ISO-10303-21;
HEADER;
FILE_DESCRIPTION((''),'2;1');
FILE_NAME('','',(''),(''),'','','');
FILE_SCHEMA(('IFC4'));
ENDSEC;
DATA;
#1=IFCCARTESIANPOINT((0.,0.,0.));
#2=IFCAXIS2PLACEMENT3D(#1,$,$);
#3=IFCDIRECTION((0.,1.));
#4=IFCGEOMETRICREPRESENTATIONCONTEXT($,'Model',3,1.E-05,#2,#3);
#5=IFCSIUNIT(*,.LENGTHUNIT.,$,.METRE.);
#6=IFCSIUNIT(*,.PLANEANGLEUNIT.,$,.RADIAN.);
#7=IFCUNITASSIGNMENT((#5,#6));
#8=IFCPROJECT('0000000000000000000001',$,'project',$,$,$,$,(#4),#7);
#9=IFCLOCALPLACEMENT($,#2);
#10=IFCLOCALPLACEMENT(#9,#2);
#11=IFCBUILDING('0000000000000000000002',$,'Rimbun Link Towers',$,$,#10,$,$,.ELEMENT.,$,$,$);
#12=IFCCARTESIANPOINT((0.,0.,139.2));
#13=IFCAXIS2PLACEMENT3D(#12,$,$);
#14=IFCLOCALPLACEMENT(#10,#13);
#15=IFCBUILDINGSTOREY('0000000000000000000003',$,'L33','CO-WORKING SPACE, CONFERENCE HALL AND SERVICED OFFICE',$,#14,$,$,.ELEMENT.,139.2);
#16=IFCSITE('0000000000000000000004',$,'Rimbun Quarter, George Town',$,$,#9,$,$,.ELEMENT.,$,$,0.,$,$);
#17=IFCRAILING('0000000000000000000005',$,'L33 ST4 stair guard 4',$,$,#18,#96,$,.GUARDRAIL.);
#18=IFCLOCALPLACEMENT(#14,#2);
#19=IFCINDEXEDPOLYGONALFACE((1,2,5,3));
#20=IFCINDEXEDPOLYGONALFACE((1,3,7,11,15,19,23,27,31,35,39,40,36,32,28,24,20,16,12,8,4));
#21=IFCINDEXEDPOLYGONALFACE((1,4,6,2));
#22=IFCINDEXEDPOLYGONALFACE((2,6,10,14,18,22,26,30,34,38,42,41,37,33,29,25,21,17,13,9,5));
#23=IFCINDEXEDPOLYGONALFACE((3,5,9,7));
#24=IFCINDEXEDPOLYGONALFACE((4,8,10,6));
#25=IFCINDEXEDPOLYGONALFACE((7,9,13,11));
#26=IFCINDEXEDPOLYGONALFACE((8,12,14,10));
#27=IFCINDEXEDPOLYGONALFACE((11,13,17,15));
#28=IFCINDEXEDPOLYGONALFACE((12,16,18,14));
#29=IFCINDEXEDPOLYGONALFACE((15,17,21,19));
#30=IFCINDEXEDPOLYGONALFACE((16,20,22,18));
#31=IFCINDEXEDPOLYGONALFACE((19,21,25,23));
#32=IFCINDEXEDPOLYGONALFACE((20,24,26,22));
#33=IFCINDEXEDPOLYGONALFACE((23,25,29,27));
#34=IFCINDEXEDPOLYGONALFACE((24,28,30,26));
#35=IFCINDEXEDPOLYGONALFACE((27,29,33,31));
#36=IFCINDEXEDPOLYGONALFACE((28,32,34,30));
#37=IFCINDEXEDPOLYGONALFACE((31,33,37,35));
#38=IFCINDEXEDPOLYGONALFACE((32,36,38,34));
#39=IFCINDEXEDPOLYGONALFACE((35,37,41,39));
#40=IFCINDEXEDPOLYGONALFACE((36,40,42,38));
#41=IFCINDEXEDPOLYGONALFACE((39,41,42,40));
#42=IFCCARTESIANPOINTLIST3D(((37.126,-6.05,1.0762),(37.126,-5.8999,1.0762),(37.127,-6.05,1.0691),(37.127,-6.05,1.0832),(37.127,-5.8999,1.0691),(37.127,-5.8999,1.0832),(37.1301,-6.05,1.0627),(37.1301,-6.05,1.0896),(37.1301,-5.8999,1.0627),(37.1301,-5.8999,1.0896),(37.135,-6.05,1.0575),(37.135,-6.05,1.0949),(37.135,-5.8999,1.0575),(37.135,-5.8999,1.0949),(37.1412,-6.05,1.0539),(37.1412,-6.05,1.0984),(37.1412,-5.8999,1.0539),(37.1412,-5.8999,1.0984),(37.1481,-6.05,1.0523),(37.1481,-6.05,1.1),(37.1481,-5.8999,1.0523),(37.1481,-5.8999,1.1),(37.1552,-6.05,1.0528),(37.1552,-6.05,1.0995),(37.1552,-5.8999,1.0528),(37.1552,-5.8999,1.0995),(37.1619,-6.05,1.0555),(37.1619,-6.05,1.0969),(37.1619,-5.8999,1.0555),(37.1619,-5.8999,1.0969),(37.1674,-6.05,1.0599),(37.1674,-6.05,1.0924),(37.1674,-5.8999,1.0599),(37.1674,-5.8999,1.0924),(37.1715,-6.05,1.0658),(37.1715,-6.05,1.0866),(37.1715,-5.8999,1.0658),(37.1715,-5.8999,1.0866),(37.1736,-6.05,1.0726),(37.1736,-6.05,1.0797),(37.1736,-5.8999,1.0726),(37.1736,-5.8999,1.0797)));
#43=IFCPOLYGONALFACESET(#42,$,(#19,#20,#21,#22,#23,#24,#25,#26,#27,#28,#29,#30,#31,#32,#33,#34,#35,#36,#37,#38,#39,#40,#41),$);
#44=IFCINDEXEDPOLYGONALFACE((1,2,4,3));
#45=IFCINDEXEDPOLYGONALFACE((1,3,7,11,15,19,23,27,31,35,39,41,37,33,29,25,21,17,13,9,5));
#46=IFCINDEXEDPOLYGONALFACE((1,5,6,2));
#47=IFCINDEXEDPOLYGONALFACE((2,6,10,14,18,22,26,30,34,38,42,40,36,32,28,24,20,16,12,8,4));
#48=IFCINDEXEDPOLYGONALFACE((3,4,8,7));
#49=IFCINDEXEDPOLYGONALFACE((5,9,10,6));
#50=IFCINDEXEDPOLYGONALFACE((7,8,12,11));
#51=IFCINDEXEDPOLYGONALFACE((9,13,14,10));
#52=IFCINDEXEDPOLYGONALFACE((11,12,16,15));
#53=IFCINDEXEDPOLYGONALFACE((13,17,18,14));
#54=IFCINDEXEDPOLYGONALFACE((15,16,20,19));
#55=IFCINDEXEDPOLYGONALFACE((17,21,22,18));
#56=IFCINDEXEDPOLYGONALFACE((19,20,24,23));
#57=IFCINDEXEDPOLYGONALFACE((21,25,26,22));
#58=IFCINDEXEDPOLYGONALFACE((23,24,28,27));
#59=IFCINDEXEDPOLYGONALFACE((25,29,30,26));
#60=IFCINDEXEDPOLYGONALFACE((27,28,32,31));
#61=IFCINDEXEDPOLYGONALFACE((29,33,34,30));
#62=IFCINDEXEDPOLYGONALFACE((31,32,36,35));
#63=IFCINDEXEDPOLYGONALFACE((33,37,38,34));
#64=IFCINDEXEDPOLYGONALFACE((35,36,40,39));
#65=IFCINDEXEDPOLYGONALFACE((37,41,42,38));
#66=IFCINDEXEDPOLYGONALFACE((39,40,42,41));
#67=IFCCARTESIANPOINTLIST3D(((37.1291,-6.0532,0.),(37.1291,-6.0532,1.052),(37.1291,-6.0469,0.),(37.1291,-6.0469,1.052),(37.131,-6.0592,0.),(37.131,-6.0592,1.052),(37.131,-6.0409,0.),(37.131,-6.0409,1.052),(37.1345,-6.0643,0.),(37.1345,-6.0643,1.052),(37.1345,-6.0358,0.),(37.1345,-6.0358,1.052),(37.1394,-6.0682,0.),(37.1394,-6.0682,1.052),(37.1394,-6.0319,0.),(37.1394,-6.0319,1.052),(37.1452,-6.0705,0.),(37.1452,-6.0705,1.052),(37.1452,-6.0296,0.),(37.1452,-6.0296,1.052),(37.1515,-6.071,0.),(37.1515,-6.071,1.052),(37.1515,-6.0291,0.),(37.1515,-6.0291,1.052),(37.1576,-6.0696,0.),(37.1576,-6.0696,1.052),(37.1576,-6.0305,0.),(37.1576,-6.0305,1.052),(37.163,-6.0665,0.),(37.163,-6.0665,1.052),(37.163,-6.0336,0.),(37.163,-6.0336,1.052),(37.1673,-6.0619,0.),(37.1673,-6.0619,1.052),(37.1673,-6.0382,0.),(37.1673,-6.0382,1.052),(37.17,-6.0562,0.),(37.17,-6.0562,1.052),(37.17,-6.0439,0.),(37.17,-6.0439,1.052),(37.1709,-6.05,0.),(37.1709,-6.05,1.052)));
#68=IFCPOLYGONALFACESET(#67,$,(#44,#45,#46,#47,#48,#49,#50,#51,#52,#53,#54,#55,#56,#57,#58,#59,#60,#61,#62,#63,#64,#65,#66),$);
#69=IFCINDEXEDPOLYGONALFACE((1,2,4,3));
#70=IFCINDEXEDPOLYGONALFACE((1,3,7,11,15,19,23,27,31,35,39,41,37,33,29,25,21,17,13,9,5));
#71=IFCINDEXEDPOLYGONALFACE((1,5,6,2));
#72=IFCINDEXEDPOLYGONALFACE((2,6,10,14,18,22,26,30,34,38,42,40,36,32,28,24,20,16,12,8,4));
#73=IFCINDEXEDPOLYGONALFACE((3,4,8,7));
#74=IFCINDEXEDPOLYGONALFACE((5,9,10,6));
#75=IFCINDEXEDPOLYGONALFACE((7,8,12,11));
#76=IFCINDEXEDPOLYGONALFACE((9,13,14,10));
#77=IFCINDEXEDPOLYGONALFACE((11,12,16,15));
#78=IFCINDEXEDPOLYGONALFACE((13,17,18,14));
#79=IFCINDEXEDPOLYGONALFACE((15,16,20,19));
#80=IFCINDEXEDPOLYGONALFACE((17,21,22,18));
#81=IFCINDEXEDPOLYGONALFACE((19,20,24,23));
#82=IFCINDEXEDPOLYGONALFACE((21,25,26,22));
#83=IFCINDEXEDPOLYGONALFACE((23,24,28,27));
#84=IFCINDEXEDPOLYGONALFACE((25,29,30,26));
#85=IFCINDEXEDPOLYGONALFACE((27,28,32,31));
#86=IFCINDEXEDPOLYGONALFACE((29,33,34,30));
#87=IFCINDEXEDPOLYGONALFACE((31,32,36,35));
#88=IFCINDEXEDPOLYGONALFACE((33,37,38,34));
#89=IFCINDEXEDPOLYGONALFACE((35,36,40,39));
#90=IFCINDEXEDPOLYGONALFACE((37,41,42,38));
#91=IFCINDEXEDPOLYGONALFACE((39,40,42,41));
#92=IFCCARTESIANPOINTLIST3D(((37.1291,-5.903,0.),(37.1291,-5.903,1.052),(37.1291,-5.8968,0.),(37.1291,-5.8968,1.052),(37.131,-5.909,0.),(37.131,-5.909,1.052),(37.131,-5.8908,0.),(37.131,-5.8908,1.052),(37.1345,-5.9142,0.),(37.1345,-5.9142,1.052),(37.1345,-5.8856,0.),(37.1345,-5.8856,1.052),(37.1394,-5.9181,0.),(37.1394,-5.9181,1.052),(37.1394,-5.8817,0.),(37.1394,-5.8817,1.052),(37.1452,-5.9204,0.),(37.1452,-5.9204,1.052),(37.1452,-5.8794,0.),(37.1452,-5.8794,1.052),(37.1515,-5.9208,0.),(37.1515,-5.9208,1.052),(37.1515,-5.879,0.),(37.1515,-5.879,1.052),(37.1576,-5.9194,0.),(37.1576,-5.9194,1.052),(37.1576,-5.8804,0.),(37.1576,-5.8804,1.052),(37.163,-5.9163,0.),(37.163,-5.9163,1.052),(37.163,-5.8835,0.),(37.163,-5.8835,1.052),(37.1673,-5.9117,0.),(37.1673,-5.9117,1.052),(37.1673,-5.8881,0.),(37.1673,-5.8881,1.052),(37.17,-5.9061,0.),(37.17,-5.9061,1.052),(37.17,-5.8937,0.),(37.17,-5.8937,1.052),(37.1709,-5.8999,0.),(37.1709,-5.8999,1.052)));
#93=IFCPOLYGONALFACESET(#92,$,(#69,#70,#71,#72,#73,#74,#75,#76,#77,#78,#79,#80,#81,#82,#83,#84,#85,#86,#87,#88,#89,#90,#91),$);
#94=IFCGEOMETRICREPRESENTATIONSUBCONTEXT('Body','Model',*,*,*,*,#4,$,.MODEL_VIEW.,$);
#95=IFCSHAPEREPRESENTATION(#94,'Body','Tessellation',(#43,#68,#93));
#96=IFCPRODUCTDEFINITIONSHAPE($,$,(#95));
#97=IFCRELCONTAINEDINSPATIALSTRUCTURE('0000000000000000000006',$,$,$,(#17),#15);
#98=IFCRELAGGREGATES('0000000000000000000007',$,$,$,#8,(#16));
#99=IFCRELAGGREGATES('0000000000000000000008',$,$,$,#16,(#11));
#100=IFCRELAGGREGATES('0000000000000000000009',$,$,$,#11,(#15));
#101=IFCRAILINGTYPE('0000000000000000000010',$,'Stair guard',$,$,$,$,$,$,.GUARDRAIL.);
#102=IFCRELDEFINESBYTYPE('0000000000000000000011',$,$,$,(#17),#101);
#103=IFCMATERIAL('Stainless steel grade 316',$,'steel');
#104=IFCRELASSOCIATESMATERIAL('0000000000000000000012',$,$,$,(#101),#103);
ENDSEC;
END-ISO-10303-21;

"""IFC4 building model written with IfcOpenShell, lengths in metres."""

from ifc_helpers import new_model, si_unit, direction, frame, origin, origin_2d, place, context, subcontext, project, spatial, circle, extrude, material, type_object, element, save


model = new_model("IFC4")

# Units and contexts
model_context = context("Model", 3, precision=1e-05, world=origin(), true_north=direction((0.0, 1.0)))
body_context = subcontext(model_context, "Body", "Model", "MODEL_VIEW")
ifc_project = project(units=[si_unit("LENGTHUNIT", "METRE"), si_unit("PLANEANGLEUNIT", "RADIAN")], contexts=[model_context])

# Site, building, storey
site_placement = place(None, origin())
site = spatial("IfcSite", under=ifc_project, at=site_placement, Name="Rimbun Quarter, George Town", CompositionType="ELEMENT", RefElevation=0.0)
building_placement = place(site_placement, origin())
building = spatial("IfcBuilding", under=site, at=building_placement, Name="Rimbun Link Towers", CompositionType="ELEMENT")
storey_placement = place(building_placement, frame((0.0, 0.0, 139.2)))
storey = spatial("IfcBuildingStorey", under=building, at=storey_placement, Name="L33", Description="CO-WORKING SPACE, CONFERENCE HALL AND SERVICED OFFICE", CompositionType="ELEMENT", Elevation=139.2)

# Railing
ifc_material_1 = material(Name="Stainless steel grade 316", Category="steel")
railing_type_1 = type_object("IfcRailingType", Name="Stair guard", PredefinedType="GUARDRAIL", material=ifc_material_1)
railing_1_placement = place(storey_placement, frame((37.1499, -6.05, 0.0)))
element("IfcRailing", 1, at=railing_1_placement, inside=storey, type_object=railing_type_1, Name="L33 ST4 stair guard 4", PredefinedType="GUARDRAIL", context=body_context, shape_type="SweptSolid", body=[
    extrude(circle(Radius=0.0239, at=origin_2d()), frame((0.0, 0.0, 1.0762), z_axis=(0.0, 1.0, 0.0), x_axis=(-1.0, 0.0, 0.0)), (0.0, 0.0, 1.0), 0.1501),
    extrude(circle(Radius=0.021, at=origin_2d()), origin(), (0.0, 0.0, 1.0), 1.052),
    extrude(circle(Radius=0.021, at=origin_2d()), frame((0.0, 0.1501, 0.0)), (0.0, 0.0, 1.0), 1.052),
])

save(model, "model.ifc")
